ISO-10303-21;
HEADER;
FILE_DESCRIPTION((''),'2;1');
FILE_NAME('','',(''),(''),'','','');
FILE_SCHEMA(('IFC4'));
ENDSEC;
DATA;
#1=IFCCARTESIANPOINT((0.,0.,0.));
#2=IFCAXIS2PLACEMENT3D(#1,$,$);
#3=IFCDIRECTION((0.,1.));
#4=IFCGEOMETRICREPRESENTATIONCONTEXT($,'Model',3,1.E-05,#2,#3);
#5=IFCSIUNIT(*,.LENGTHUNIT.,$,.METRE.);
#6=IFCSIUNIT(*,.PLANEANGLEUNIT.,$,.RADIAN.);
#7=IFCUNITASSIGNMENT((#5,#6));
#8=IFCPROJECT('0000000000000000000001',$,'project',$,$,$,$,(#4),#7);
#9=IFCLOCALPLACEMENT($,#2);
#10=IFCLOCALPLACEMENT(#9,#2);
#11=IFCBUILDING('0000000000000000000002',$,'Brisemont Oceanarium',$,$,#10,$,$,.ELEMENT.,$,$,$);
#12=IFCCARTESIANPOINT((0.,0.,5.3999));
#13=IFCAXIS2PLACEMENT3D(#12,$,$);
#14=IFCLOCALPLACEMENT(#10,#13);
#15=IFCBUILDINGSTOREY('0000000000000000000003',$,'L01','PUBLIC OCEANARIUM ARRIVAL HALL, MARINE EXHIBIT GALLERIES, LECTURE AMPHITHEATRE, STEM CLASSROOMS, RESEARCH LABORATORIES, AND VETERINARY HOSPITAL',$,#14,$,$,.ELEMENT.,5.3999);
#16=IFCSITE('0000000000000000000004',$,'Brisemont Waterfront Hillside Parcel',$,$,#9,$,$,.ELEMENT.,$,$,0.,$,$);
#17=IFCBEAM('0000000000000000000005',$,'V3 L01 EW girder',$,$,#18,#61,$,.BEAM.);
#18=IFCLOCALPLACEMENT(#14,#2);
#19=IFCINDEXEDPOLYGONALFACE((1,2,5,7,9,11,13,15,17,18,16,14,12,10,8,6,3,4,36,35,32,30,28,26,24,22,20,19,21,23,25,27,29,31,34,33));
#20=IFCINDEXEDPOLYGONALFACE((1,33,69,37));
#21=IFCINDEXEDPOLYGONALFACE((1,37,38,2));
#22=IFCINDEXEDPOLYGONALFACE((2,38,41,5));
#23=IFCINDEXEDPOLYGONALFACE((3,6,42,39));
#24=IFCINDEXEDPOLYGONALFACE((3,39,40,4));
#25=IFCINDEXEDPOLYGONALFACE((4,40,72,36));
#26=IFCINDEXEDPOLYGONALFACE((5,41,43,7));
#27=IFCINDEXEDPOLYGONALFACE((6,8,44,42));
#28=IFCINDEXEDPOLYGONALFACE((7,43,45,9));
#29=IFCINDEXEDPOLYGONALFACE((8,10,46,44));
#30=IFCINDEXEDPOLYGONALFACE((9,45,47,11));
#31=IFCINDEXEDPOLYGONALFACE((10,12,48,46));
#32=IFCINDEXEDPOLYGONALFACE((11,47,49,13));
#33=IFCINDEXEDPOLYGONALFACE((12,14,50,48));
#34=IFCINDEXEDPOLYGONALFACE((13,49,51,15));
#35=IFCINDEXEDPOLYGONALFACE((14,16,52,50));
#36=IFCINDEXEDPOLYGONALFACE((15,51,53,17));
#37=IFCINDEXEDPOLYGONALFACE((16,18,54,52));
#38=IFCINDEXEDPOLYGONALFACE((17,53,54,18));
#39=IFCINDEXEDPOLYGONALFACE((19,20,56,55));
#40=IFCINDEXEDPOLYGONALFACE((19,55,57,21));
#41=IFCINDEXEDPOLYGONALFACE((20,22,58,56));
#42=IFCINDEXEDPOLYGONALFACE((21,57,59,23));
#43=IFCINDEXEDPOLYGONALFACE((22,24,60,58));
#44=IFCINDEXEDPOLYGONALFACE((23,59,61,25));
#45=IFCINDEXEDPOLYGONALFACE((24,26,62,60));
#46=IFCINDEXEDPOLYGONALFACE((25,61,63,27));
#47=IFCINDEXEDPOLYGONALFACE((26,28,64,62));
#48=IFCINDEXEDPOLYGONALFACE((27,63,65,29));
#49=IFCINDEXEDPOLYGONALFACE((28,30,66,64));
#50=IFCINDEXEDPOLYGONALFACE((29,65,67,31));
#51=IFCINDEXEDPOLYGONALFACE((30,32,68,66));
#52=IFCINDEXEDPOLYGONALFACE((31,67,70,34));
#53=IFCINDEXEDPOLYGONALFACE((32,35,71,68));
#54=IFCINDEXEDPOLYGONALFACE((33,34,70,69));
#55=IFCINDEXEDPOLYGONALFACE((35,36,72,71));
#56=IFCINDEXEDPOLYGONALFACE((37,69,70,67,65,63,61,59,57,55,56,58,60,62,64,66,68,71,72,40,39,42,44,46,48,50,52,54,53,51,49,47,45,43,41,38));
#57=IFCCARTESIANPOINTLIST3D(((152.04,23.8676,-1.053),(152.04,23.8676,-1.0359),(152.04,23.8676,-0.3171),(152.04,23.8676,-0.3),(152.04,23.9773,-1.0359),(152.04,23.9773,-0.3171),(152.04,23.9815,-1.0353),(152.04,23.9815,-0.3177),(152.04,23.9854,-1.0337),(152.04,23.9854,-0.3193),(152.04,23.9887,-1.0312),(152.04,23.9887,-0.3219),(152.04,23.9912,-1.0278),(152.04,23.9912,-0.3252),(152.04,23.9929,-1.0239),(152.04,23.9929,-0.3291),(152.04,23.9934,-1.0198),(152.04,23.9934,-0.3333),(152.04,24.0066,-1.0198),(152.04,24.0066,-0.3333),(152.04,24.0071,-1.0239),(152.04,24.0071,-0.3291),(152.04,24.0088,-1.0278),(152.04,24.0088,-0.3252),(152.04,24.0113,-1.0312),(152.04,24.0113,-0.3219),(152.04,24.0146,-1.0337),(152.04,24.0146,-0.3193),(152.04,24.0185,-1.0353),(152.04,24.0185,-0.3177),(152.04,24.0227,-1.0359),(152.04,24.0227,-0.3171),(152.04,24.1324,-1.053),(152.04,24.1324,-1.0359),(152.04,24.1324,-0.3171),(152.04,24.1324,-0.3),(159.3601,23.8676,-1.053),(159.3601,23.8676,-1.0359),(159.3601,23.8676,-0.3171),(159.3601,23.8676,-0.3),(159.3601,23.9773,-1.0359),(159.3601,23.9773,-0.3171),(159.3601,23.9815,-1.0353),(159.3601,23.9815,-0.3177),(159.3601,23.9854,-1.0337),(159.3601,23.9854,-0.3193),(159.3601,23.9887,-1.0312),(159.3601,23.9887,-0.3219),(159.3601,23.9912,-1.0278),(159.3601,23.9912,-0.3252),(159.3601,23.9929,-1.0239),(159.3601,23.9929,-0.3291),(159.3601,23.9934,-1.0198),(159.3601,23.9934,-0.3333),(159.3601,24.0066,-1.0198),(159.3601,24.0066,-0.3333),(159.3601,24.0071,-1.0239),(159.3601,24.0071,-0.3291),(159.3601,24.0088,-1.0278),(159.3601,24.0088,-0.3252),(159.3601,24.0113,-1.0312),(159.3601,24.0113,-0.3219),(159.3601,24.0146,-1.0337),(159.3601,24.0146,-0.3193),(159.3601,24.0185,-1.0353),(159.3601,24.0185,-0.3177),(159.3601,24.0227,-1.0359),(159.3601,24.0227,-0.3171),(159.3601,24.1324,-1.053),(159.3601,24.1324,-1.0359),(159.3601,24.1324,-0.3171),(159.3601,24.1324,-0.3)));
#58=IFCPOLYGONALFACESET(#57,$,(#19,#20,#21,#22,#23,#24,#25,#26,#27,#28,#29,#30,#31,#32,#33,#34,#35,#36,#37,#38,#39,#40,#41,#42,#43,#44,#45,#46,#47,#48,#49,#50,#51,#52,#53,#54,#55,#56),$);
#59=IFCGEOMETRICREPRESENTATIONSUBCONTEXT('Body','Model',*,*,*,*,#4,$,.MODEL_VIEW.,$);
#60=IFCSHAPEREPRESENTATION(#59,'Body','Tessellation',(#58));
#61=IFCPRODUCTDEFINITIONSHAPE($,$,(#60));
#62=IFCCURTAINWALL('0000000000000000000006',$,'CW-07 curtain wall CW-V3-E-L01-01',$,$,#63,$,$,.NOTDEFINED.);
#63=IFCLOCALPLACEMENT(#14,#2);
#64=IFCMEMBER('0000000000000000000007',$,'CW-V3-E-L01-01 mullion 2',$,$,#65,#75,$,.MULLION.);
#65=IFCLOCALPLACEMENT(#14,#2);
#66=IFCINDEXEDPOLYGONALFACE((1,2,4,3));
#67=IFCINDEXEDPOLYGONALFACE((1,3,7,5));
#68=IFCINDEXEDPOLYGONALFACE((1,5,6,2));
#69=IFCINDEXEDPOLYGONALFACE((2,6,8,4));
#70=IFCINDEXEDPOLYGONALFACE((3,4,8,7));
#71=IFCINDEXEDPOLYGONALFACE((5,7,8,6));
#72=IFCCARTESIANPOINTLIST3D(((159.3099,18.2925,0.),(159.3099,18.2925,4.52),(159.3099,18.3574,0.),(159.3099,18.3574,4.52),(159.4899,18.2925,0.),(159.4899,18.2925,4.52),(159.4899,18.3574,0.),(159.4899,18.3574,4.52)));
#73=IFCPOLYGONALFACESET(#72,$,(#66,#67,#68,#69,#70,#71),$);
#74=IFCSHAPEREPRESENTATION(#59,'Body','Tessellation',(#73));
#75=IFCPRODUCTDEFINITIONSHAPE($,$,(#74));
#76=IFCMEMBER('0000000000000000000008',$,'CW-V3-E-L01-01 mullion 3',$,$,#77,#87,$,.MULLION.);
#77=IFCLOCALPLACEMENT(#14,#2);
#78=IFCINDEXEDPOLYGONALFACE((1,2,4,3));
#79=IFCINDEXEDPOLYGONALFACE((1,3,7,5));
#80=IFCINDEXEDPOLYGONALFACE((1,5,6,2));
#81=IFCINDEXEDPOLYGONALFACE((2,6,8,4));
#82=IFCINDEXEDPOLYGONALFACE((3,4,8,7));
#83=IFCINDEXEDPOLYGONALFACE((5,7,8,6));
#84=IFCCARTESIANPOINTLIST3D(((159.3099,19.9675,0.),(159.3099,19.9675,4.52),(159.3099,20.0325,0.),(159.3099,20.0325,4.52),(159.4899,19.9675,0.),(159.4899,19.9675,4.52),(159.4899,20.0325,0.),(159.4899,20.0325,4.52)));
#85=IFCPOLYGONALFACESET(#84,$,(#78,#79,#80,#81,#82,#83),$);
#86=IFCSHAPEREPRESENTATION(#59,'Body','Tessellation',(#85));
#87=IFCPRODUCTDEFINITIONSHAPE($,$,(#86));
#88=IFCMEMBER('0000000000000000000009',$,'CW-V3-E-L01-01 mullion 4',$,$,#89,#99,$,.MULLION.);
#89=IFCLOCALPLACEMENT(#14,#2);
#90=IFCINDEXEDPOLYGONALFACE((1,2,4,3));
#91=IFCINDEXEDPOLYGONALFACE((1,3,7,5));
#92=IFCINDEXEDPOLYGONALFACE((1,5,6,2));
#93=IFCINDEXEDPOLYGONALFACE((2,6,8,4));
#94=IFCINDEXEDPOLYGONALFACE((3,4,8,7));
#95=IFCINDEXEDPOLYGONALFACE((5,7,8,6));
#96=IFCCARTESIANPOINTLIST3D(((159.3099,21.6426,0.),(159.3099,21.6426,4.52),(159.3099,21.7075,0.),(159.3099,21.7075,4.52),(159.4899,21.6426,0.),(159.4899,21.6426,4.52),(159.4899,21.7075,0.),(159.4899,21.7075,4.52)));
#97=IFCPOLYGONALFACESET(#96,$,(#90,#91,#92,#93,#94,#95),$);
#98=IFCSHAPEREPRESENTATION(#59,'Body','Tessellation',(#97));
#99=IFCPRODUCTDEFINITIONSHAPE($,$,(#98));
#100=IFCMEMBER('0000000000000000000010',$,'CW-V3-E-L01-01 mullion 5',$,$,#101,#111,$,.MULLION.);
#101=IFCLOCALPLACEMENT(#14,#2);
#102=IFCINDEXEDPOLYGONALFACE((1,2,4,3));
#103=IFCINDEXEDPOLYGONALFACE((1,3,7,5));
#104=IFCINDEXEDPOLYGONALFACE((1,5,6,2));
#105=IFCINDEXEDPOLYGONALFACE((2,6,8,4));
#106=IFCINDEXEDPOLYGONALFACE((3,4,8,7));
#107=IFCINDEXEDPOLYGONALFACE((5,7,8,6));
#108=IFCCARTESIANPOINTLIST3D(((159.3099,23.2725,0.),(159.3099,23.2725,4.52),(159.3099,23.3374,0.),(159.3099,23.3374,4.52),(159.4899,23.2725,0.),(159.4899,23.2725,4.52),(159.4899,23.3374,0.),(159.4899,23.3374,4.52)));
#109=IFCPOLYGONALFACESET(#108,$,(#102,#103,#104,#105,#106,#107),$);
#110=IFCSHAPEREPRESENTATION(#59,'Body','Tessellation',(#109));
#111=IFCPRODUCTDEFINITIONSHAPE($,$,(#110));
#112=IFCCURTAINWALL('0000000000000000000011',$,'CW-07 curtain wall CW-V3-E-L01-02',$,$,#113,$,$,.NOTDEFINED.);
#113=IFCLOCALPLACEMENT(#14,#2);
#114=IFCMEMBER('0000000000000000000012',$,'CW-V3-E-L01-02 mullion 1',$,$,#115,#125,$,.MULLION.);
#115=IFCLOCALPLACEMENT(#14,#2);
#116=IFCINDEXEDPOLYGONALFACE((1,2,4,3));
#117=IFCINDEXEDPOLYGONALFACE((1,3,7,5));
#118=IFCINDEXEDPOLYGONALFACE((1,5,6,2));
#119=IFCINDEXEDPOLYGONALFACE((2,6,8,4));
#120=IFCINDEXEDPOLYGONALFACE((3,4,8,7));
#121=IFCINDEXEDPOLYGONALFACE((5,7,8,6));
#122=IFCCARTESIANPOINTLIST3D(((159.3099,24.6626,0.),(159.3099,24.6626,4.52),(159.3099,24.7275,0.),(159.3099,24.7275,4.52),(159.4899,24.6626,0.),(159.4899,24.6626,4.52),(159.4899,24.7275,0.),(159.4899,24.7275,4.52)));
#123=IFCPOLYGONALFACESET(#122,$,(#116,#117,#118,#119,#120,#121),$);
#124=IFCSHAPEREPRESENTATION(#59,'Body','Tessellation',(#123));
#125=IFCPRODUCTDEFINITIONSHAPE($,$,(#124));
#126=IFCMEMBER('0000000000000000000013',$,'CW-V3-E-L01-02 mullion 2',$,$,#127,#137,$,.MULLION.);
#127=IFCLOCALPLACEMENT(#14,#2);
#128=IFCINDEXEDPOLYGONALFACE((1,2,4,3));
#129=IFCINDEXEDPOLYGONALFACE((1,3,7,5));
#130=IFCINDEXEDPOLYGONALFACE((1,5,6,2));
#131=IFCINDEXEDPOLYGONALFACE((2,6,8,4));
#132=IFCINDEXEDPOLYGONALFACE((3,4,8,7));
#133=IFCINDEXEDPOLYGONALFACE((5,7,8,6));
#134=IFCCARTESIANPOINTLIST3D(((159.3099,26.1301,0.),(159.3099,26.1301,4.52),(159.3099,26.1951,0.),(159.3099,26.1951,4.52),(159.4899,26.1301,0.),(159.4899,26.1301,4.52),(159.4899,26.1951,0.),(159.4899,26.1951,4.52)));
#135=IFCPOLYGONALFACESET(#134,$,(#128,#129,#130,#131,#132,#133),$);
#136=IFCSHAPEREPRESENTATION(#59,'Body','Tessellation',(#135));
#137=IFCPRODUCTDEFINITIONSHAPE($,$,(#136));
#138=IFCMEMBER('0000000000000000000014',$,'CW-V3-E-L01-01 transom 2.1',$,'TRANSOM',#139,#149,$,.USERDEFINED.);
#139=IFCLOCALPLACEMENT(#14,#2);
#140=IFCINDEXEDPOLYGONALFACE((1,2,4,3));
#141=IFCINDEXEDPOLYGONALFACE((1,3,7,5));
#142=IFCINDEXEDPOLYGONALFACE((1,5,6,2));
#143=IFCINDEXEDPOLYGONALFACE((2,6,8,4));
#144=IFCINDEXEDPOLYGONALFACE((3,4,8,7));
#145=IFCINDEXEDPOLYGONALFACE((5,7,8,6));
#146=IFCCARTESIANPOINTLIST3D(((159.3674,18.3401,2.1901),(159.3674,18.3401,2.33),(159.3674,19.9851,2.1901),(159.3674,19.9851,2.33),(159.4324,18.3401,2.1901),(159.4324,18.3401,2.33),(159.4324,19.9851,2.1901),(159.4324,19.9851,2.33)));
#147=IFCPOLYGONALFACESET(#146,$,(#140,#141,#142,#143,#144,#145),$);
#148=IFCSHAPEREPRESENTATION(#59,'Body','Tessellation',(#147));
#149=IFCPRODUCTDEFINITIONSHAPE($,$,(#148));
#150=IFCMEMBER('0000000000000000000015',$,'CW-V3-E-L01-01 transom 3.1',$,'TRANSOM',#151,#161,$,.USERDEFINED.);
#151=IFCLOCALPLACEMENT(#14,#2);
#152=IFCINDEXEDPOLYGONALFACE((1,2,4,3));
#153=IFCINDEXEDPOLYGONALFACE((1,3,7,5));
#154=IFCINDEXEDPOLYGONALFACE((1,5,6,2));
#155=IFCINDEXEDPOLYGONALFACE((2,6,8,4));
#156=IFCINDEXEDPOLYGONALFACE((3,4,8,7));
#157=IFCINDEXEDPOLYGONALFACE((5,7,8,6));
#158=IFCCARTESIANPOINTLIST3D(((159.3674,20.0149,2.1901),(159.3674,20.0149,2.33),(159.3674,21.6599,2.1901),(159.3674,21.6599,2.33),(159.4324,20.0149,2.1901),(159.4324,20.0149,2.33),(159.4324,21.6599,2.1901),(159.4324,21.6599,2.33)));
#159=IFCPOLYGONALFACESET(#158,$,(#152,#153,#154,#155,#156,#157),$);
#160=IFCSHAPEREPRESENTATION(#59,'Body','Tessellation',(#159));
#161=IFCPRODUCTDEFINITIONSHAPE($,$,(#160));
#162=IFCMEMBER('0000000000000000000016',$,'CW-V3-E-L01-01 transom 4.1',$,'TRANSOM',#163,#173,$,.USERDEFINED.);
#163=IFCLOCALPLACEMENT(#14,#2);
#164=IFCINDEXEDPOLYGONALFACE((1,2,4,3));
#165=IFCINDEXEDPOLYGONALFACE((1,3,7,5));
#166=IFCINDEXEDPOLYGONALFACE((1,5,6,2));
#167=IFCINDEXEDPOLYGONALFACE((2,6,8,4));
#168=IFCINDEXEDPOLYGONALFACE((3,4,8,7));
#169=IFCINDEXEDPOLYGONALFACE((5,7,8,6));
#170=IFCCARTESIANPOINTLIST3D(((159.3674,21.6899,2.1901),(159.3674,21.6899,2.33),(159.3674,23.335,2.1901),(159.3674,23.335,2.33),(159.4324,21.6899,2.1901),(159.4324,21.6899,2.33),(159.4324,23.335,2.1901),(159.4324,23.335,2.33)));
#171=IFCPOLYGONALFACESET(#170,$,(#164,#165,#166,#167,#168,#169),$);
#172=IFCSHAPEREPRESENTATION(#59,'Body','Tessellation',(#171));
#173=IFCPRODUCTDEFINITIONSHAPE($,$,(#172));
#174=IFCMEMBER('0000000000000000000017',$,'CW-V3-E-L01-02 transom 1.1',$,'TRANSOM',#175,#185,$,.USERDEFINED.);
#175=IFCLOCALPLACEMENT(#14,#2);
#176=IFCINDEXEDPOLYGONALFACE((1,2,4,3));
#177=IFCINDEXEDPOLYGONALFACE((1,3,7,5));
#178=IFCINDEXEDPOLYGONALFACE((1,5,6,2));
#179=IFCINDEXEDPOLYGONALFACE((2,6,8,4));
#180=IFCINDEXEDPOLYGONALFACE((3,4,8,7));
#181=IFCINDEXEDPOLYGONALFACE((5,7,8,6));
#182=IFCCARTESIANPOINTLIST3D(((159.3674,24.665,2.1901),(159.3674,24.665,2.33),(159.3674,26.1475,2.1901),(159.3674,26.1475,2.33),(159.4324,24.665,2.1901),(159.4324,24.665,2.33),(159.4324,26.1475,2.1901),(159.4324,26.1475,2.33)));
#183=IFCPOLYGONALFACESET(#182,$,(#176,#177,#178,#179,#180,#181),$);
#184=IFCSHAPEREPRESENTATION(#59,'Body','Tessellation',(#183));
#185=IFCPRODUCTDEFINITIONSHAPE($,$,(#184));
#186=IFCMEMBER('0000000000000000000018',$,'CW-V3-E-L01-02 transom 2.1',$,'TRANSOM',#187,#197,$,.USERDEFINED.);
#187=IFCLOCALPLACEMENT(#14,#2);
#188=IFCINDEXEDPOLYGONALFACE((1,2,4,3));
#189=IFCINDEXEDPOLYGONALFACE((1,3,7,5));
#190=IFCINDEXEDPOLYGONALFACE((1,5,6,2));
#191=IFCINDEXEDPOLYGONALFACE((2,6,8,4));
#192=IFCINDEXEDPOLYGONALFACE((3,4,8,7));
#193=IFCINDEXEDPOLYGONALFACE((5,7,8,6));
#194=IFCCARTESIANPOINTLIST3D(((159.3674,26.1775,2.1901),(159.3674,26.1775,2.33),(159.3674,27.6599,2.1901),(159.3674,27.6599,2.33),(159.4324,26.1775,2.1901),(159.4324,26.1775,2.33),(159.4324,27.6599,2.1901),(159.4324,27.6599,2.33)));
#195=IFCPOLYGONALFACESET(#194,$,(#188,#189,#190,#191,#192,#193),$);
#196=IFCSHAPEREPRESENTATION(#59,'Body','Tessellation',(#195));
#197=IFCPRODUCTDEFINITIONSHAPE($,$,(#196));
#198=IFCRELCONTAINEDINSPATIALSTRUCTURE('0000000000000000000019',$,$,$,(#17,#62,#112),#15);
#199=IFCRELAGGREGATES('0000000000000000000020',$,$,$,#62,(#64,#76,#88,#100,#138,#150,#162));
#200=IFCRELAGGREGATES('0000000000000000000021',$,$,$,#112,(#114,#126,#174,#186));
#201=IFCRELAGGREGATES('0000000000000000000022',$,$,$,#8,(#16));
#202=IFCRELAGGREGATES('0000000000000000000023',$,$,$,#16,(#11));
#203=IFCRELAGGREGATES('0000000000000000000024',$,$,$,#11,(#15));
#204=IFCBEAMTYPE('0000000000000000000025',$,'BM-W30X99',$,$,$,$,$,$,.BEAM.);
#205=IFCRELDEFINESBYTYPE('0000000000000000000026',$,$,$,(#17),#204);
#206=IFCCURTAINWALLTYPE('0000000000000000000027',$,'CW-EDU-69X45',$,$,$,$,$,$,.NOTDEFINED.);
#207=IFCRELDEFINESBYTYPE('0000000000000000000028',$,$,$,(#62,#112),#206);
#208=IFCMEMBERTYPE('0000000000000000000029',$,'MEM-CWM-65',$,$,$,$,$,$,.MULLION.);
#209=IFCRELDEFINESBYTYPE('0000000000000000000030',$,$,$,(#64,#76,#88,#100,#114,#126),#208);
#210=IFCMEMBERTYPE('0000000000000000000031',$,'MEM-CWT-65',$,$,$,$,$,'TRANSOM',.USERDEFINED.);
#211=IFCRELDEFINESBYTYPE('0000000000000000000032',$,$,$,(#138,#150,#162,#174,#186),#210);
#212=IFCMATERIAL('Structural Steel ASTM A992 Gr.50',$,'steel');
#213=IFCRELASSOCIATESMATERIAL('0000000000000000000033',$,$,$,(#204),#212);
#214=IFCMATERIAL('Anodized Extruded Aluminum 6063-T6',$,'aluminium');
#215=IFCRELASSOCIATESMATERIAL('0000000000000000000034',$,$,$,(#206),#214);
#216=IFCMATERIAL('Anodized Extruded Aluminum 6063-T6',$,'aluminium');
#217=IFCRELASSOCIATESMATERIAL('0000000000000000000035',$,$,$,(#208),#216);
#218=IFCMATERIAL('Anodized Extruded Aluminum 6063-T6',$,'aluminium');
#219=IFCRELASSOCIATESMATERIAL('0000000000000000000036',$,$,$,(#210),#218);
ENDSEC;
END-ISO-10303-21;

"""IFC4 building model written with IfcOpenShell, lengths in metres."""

from ifc_helpers import new_model, si_unit, direction, frame, origin, origin_2d, place, context, subcontext, project, spatial, rectangle, i_section, extrude, material, material_profile, profile_set, type_object, element, aggregate, save


model = new_model("IFC4")

# Units and contexts
model_context = context("Model", 3, precision=1e-05, world=origin(), true_north=direction((0.0, 1.0)))
body_context = subcontext(model_context, "Body", "Model", "MODEL_VIEW")
ifc_project = project(units=[si_unit("LENGTHUNIT", "METRE"), si_unit("PLANEANGLEUNIT", "RADIAN")], contexts=[model_context])

# Site, building, storey
site_placement = place(None, origin())
site = spatial("IfcSite", under=ifc_project, at=site_placement, Name="Brisemont Waterfront Hillside Parcel", CompositionType="ELEMENT", RefElevation=0.0)
building_placement = place(site_placement, origin())
building = spatial("IfcBuilding", under=site, at=building_placement, Name="Brisemont Oceanarium", CompositionType="ELEMENT")
storey_placement = place(building_placement, frame((0.0, 0.0, 5.3999)))
storey = spatial("IfcBuildingStorey", under=building, at=storey_placement, Name="L01", Description="PUBLIC OCEANARIUM ARRIVAL HALL, MARINE EXHIBIT GALLERIES, LECTURE AMPHITHEATRE, STEM CLASSROOMS, RESEARCH LABORATORIES, AND VETERINARY HOSPITAL", CompositionType="ELEMENT", Elevation=5.3999)

# Beam
ifc_material_1 = material(Name="Structural Steel ASTM A992 Gr.50", Category="steel")
ifc_material_profile_1 = material_profile(ifc_material_1, i_section(OverallWidth=0.2649, OverallDepth=0.7529, WebThickness=0.0132, FlangeThickness=0.0171, FilletRadius=0.0161, at=origin_2d()), Name="W30X99")
ifc_profile_set_1 = profile_set([ifc_material_profile_1], Name="Structural Steel ASTM A992 Gr.50")
beam_type_1 = type_object("IfcBeamType", Name="BM-W30X99", PredefinedType="BEAM", material=ifc_profile_set_1)
beam_1_placement = place(storey_placement, frame((152.04, 24.0, -0.6765), z_axis=(1.0, 0.0, 0.0), x_axis=(0.0, 1.0, 0.0)))
element("IfcBeam", 1, at=beam_1_placement, inside=storey, type_object=beam_type_1, Name="V3 L01 EW girder", PredefinedType="BEAM", context=body_context, shape_type="SweptSolid", body=[
    extrude(i_section(OverallWidth=0.2649, OverallDepth=0.7529, WebThickness=0.0132, FlangeThickness=0.0171, FilletRadius=0.0161, at=origin_2d()), origin(), (0.0, 0.0, 1.0), 7.3201),
])

# Curtain walls, members
ifc_material_2 = material(Name="Anodized Extruded Aluminum 6063-T6", Category="aluminium")
curtain_wall_type = type_object("IfcCurtainWallType", Name="CW-EDU-69X45", PredefinedType="NOTDEFINED", material=ifc_material_2)
curtain_wall_1_placement = place(storey_placement, origin())
curtain_wall_1 = element("IfcCurtainWall", 2, at=curtain_wall_1_placement, inside=storey, type_object=curtain_wall_type, Name="CW-07 curtain wall CW-V3-E-L01-01", PredefinedType="NOTDEFINED")
ifc_material_3 = material(Name="Anodized Extruded Aluminum 6063-T6", Category="aluminium")
ifc_material_profile_2 = material_profile(ifc_material_3, rectangle(XDim=0.0649, YDim=0.1799, at=origin_2d()), Name="CWM-65X180")
ifc_profile_set_2 = profile_set([ifc_material_profile_2], Name="Anodized Extruded Aluminum 6063-T6")
member_type_1 = type_object("IfcMemberType", Name="MEM-CWM-65", PredefinedType="MULLION", material=ifc_profile_set_2)
member_1_placement = place(storey_placement, frame((159.3999, 18.325, 0.0), z_axis=(0.0, 0.0, 1.0), x_axis=(0.0, 1.0, 0.0)))
member_1 = element("IfcMember", 3, at=member_1_placement, type_object=member_type_1, Name="CW-V3-E-L01-01 mullion 2", PredefinedType="MULLION", context=body_context, shape_type="SweptSolid", body=[
    extrude(rectangle(XDim=0.0649, YDim=0.1799, at=origin_2d()), origin(), (0.0, 0.0, 1.0), 4.52),
])
member_2_placement = place(storey_placement, frame((159.3999, 20.0, 0.0), z_axis=(0.0, 0.0, 1.0), x_axis=(0.0, 1.0, 0.0)))
member_2 = element("IfcMember", 4, at=member_2_placement, type_object=member_type_1, Name="CW-V3-E-L01-01 mullion 3", PredefinedType="MULLION", context=body_context, shape_type="SweptSolid", body=[
    extrude(rectangle(XDim=0.0649, YDim=0.1799, at=origin_2d()), origin(), (0.0, 0.0, 1.0), 4.52),
])
member_3_placement = place(storey_placement, frame((159.3999, 21.675, 0.0), z_axis=(0.0, 0.0, 1.0), x_axis=(0.0, 1.0, 0.0)))
member_3 = element("IfcMember", 5, at=member_3_placement, type_object=member_type_1, Name="CW-V3-E-L01-01 mullion 4", PredefinedType="MULLION", context=body_context, shape_type="SweptSolid", body=[
    extrude(rectangle(XDim=0.0649, YDim=0.1799, at=origin_2d()), origin(), (0.0, 0.0, 1.0), 4.52),
])
member_4_placement = place(storey_placement, frame((159.3999, 23.3049, 0.0), z_axis=(0.0, 0.0, 1.0), x_axis=(0.0, 1.0, 0.0)))
member_4 = element("IfcMember", 6, at=member_4_placement, type_object=member_type_1, Name="CW-V3-E-L01-01 mullion 5", PredefinedType="MULLION", context=body_context, shape_type="SweptSolid", body=[
    extrude(rectangle(XDim=0.0649, YDim=0.1799, at=origin_2d()), origin(), (0.0, 0.0, 1.0), 4.52),
])
curtain_wall_2_placement = place(storey_placement, origin())
curtain_wall_2 = element("IfcCurtainWall", 7, at=curtain_wall_2_placement, inside=storey, type_object=curtain_wall_type, Name="CW-07 curtain wall CW-V3-E-L01-02", PredefinedType="NOTDEFINED")
member_5_placement = place(storey_placement, frame((159.3999, 24.6951, 0.0), z_axis=(0.0, 0.0, 1.0), x_axis=(0.0, 1.0, 0.0)))
member_5 = element("IfcMember", 8, at=member_5_placement, type_object=member_type_1, Name="CW-V3-E-L01-02 mullion 1", PredefinedType="MULLION", context=body_context, shape_type="SweptSolid", body=[
    extrude(rectangle(XDim=0.0649, YDim=0.1799, at=origin_2d()), origin(), (0.0, 0.0, 1.0), 4.52),
])
member_6_placement = place(storey_placement, frame((159.3999, 26.1626, 0.0), z_axis=(0.0, 0.0, 1.0), x_axis=(0.0, 1.0, 0.0)))
member_6 = element("IfcMember", 9, at=member_6_placement, type_object=member_type_1, Name="CW-V3-E-L01-02 mullion 2", PredefinedType="MULLION", context=body_context, shape_type="SweptSolid", body=[
    extrude(rectangle(XDim=0.0649, YDim=0.1799, at=origin_2d()), origin(), (0.0, 0.0, 1.0), 4.52),
])

# Members
ifc_material_4 = material(Name="Anodized Extruded Aluminum 6063-T6", Category="aluminium")
ifc_material_profile_3 = material_profile(ifc_material_4, rectangle(XDim=0.0649, YDim=0.1399, at=origin_2d()), Name="CWT-65X140")
ifc_profile_set_3 = profile_set([ifc_material_profile_3], Name="Anodized Extruded Aluminum 6063-T6")
member_type_2 = type_object("IfcMemberType", Name="MEM-CWT-65", ElementType="TRANSOM", PredefinedType="USERDEFINED", material=ifc_profile_set_3)
member_7_placement = place(storey_placement, frame((159.3999, 18.3401, 2.26), z_axis=(0.0, 1.0, 0.0), x_axis=(-1.0, 0.0, 0.0)))
member_7 = element("IfcMember", 10, at=member_7_placement, type_object=member_type_2, Name="CW-V3-E-L01-01 transom 2.1", ObjectType="TRANSOM", PredefinedType="USERDEFINED", context=body_context, shape_type="SweptSolid", body=[
    extrude(rectangle(XDim=0.0649, YDim=0.1399, at=origin_2d()), origin(), (0.0, 0.0, 1.0), 1.645),
])
member_8_placement = place(storey_placement, frame((159.3999, 20.0149, 2.26), z_axis=(0.0, 1.0, 0.0), x_axis=(-1.0, 0.0, 0.0)))
member_8 = element("IfcMember", 11, at=member_8_placement, type_object=member_type_2, Name="CW-V3-E-L01-01 transom 3.1", ObjectType="TRANSOM", PredefinedType="USERDEFINED", context=body_context, shape_type="SweptSolid", body=[
    extrude(rectangle(XDim=0.0649, YDim=0.1399, at=origin_2d()), origin(), (0.0, 0.0, 1.0), 1.645),
])
member_9_placement = place(storey_placement, frame((159.3999, 21.6899, 2.26), z_axis=(0.0, 1.0, 0.0), x_axis=(-1.0, 0.0, 0.0)))
member_9 = element("IfcMember", 12, at=member_9_placement, type_object=member_type_2, Name="CW-V3-E-L01-01 transom 4.1", ObjectType="TRANSOM", PredefinedType="USERDEFINED", context=body_context, shape_type="SweptSolid", body=[
    extrude(rectangle(XDim=0.0649, YDim=0.1399, at=origin_2d()), origin(), (0.0, 0.0, 1.0), 1.645),
])
member_10_placement = place(storey_placement, frame((159.3999, 24.665, 2.26), z_axis=(0.0, 1.0, 0.0), x_axis=(-1.0, 0.0, 0.0)))
member_10 = element("IfcMember", 13, at=member_10_placement, type_object=member_type_2, Name="CW-V3-E-L01-02 transom 1.1", ObjectType="TRANSOM", PredefinedType="USERDEFINED", context=body_context, shape_type="SweptSolid", body=[
    extrude(rectangle(XDim=0.0649, YDim=0.1399, at=origin_2d()), origin(), (0.0, 0.0, 1.0), 1.4824),
])
member_11_placement = place(storey_placement, frame((159.3999, 26.1775, 2.26), z_axis=(0.0, 1.0, 0.0), x_axis=(-1.0, 0.0, 0.0)))
member_11 = element("IfcMember", 14, at=member_11_placement, type_object=member_type_2, Name="CW-V3-E-L01-02 transom 2.1", ObjectType="TRANSOM", PredefinedType="USERDEFINED", context=body_context, shape_type="SweptSolid", body=[
    extrude(rectangle(XDim=0.0649, YDim=0.1399, at=origin_2d()), origin(), (0.0, 0.0, 1.0), 1.4824),
])

aggregate(curtain_wall_1, [member_1, member_2, member_3, member_4, member_7, member_8, member_9])
aggregate(curtain_wall_2, [member_5, member_6, member_10, member_11])

save(model, "model.ifc")
